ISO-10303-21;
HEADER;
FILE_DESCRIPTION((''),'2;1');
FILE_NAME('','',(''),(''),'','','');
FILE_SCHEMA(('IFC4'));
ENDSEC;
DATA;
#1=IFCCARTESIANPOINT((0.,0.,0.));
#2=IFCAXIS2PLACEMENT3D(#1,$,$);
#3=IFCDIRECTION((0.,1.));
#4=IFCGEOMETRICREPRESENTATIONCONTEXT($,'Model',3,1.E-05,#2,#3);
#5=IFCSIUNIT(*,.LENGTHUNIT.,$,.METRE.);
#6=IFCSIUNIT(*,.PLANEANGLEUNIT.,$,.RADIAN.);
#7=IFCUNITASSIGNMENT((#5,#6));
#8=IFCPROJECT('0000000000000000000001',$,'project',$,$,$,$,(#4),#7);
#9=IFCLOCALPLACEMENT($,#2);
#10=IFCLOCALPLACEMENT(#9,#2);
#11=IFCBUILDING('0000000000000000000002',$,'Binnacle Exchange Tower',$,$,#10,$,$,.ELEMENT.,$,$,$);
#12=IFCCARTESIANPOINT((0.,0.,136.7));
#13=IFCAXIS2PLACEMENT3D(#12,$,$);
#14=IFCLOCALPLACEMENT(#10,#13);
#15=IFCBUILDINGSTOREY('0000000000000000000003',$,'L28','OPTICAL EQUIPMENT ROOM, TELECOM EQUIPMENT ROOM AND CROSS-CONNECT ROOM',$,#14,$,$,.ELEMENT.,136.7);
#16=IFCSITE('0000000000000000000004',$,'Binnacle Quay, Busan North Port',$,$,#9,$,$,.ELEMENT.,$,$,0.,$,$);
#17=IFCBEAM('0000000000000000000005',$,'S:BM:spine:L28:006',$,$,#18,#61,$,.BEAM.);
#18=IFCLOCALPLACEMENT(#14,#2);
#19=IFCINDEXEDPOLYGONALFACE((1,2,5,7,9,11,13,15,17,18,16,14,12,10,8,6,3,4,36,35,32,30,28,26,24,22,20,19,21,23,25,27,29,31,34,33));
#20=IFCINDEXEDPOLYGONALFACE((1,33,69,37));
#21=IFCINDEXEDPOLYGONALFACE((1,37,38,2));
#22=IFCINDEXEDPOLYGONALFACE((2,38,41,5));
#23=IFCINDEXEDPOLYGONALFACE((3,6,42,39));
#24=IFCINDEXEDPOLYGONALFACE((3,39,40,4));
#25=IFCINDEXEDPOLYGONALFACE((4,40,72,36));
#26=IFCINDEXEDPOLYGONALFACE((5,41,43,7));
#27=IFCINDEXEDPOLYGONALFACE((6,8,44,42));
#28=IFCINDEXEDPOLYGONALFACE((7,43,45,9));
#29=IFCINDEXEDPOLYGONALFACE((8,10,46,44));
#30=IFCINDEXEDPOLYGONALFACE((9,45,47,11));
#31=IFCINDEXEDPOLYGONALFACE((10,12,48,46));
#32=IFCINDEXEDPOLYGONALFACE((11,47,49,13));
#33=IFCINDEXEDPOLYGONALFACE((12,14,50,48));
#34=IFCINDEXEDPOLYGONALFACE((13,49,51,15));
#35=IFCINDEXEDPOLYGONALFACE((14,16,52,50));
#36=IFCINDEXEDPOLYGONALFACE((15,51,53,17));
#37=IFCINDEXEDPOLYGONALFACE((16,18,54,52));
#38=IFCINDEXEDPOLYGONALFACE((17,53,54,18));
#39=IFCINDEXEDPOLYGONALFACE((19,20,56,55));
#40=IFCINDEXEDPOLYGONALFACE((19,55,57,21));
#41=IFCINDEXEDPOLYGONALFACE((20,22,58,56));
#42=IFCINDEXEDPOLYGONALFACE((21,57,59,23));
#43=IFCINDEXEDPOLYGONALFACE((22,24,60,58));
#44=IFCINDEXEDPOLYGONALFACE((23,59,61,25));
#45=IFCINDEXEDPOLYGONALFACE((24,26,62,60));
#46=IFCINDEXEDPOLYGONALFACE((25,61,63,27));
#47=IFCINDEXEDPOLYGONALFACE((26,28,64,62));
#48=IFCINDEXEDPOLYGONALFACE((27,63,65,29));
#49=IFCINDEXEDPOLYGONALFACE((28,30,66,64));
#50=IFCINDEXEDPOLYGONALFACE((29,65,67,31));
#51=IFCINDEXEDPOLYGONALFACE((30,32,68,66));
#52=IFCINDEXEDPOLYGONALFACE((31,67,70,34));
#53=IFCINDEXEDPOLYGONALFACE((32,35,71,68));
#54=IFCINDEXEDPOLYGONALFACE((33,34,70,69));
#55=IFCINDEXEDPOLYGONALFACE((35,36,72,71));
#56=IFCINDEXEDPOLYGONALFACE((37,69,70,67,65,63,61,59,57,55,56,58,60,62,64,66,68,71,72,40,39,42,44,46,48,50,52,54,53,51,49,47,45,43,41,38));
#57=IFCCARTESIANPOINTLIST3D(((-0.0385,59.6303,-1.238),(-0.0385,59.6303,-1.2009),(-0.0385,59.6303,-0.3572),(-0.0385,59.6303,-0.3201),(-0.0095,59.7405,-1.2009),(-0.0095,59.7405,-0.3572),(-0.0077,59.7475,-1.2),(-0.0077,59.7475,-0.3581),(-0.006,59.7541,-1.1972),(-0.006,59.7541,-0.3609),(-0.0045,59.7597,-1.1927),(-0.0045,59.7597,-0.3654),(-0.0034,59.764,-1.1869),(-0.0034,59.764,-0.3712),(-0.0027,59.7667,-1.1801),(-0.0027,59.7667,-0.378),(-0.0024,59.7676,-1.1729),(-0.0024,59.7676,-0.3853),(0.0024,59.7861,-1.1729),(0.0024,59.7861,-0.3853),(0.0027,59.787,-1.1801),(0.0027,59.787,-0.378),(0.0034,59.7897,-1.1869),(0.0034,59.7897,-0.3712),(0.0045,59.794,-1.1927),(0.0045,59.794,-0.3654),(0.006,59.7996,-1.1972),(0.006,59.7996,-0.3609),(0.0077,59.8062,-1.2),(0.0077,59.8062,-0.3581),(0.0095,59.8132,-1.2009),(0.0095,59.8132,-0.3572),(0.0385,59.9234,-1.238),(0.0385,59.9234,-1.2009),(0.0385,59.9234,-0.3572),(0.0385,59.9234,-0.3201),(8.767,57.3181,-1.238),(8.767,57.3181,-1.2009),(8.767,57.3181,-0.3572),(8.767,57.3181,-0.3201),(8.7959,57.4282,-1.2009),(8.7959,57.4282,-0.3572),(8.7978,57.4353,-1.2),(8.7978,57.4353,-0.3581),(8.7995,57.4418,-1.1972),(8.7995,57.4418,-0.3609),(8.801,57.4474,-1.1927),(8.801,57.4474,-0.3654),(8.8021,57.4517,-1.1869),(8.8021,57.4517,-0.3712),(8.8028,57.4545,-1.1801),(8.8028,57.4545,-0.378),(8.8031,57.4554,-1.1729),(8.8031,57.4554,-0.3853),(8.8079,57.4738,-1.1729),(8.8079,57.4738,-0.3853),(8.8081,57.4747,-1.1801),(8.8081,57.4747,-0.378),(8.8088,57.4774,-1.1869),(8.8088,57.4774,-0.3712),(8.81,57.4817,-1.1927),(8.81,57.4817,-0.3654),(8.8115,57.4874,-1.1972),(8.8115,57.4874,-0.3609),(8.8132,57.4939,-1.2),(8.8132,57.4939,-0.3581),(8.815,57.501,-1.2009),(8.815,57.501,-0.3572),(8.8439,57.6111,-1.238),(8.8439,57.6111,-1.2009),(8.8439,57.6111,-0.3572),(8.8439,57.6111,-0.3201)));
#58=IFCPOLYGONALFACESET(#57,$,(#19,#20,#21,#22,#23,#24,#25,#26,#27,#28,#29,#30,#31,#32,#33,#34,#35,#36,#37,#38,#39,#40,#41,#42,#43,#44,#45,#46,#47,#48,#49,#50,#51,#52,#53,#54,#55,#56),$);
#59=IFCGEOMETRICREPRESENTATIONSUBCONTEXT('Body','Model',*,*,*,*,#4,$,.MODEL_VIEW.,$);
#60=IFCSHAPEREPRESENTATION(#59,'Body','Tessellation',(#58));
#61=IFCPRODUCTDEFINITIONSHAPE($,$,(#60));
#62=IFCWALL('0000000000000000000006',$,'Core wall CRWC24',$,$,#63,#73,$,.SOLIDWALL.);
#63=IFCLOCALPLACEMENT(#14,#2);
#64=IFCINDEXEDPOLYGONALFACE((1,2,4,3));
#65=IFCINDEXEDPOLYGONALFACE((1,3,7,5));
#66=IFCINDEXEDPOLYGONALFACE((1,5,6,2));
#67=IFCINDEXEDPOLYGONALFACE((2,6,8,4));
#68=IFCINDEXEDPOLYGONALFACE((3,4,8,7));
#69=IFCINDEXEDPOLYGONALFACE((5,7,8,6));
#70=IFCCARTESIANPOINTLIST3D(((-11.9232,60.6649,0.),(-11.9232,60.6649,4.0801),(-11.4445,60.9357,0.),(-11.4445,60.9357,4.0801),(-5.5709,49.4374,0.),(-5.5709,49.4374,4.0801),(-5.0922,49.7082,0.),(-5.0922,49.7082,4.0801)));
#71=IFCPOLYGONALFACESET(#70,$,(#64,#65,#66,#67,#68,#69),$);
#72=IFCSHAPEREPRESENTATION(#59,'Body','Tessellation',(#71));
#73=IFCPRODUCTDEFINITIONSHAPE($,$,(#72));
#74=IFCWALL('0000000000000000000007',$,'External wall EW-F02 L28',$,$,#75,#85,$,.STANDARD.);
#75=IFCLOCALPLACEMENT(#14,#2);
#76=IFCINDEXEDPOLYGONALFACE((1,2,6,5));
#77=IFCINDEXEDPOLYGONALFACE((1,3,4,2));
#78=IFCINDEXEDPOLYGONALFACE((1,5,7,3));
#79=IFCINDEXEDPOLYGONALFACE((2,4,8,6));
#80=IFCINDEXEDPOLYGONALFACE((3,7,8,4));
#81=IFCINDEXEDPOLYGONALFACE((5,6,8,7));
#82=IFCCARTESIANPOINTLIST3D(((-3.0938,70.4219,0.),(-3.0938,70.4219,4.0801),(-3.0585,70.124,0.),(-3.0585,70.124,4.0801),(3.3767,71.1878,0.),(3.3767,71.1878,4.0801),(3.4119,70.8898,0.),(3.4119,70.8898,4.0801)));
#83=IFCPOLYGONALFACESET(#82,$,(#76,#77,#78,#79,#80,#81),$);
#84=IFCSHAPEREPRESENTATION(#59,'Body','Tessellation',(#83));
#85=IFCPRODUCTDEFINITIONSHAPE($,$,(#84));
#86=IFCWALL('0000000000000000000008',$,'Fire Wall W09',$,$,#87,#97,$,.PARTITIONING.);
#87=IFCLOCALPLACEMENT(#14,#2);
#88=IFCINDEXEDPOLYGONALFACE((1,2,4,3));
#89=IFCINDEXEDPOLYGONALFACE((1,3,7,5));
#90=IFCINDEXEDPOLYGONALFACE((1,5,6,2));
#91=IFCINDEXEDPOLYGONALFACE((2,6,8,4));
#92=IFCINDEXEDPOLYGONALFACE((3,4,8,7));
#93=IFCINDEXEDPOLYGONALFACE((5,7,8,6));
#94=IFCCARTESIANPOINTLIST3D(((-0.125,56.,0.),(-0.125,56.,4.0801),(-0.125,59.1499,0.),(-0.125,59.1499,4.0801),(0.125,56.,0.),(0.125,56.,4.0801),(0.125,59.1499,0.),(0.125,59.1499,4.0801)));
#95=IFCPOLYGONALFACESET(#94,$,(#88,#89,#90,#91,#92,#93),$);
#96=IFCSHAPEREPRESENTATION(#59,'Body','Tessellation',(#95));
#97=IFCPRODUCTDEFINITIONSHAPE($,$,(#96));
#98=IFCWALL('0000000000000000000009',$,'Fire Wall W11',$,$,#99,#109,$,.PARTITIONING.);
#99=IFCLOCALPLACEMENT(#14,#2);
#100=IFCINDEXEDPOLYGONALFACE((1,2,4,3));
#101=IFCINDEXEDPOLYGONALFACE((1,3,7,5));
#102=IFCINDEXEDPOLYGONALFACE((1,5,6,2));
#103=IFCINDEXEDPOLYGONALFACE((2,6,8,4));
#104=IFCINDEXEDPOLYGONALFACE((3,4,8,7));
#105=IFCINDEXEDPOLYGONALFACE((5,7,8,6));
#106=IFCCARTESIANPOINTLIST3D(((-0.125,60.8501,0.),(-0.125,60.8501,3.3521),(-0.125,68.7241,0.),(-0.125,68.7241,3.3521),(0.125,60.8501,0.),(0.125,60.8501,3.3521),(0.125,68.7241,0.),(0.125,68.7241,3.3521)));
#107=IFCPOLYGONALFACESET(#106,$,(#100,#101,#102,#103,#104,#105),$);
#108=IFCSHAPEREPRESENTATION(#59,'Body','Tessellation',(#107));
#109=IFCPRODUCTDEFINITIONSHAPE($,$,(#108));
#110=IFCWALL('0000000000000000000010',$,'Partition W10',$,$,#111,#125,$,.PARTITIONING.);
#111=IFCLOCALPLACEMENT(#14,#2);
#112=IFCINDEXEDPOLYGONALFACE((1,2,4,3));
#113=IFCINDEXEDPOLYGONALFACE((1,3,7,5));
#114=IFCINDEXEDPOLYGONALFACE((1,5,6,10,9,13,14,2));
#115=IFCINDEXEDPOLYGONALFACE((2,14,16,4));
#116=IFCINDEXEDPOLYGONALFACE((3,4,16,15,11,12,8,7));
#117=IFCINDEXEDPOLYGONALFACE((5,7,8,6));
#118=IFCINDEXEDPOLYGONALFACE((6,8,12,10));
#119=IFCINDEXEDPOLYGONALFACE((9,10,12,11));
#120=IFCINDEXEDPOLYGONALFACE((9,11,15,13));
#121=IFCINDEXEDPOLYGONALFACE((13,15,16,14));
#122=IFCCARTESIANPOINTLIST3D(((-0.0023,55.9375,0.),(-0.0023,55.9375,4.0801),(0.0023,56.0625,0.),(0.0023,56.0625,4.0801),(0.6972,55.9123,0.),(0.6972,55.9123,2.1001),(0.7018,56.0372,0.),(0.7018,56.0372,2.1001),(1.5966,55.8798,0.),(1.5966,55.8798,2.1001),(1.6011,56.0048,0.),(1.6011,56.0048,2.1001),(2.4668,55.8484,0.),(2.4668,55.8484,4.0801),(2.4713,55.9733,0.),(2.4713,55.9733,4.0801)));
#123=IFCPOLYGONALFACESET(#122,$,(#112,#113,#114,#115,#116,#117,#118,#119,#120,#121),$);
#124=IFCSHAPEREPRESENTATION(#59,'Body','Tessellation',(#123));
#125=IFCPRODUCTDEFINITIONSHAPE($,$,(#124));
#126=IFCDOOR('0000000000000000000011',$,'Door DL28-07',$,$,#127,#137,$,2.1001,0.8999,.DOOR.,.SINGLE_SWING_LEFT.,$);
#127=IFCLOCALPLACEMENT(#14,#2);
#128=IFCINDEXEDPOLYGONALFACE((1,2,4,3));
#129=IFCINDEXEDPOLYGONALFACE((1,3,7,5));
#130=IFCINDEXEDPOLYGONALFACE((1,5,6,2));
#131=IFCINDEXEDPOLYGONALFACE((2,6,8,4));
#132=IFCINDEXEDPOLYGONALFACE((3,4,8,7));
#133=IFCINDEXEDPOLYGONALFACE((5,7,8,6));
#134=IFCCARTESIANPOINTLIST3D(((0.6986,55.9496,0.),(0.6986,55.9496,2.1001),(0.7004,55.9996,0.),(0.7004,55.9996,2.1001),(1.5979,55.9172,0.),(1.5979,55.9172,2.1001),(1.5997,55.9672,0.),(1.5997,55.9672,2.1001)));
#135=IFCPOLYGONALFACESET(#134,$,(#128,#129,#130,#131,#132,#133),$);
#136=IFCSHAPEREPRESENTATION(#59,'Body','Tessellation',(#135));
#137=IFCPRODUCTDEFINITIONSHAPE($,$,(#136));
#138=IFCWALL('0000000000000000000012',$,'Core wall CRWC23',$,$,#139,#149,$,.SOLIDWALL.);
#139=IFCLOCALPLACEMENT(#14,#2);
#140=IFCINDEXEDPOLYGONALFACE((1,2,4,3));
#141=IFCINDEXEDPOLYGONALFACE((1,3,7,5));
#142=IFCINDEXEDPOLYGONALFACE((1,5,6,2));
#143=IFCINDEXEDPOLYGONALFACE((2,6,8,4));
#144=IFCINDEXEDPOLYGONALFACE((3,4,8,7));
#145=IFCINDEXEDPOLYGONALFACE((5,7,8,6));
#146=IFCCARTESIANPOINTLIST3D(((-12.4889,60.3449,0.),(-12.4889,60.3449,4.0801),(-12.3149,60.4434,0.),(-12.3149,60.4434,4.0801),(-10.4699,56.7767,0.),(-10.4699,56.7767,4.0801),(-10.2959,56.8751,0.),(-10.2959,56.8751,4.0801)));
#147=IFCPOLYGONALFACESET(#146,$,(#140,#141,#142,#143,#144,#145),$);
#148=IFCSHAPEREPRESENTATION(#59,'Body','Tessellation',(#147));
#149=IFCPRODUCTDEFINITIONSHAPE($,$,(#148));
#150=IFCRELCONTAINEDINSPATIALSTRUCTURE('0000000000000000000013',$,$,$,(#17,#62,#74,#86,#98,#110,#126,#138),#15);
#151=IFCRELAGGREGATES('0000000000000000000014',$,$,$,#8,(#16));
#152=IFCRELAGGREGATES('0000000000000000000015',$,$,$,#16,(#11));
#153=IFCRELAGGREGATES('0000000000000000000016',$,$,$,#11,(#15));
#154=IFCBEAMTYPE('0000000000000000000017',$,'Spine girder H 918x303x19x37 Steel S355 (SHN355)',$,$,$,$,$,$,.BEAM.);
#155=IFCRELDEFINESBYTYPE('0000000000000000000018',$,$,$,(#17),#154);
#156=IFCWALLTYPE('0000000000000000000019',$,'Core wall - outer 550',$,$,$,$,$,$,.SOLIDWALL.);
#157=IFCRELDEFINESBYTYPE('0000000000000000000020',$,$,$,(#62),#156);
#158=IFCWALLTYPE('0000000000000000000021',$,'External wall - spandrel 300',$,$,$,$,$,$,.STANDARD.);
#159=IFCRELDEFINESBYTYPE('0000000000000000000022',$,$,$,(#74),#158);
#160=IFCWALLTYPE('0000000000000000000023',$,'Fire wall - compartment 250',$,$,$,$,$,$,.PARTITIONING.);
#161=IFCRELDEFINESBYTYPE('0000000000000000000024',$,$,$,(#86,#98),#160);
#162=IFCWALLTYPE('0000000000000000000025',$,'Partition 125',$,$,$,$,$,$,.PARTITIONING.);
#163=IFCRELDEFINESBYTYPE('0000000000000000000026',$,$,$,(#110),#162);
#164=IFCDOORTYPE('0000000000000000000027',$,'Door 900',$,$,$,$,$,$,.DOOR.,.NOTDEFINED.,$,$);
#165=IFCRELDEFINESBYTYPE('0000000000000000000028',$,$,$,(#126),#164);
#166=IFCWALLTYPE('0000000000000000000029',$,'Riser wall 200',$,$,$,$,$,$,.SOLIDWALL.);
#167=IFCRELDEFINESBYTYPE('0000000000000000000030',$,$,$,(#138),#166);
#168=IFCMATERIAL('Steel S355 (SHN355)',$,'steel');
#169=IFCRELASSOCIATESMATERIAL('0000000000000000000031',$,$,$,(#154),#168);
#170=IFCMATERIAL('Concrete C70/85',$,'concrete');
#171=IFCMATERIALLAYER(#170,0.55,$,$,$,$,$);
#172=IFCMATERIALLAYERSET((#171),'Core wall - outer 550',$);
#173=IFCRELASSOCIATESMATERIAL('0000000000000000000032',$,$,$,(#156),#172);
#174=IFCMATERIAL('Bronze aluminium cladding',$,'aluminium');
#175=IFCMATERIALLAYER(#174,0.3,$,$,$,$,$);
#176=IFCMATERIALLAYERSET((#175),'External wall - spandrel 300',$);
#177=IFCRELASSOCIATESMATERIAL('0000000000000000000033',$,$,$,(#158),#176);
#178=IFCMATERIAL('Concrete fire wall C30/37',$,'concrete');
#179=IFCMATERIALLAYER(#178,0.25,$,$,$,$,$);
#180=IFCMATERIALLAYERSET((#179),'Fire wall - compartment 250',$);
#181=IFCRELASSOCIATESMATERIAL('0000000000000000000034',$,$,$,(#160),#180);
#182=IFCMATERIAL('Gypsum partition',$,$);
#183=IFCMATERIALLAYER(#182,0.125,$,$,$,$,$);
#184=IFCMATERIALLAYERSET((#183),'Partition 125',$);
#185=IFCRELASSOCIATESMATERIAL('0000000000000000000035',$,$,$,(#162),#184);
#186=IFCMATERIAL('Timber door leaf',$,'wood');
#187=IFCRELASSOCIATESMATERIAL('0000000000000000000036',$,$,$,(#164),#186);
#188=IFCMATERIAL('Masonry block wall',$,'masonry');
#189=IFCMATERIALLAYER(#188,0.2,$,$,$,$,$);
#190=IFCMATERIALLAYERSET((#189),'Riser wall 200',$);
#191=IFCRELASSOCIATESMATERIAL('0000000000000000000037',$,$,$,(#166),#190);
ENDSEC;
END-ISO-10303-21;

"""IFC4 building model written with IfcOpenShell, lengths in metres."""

from ifc_helpers import new_model, si_unit, direction, frame, frame_2d, origin, origin_2d, place, context, subcontext, project, spatial, rectangle, i_section, extrude, material, layer, layer_set, material_profile, profile_set, type_object, element, fill, save


model = new_model("IFC4")

# Units and contexts
model_context = context("Model", 3, precision=1e-05, world=origin(), true_north=direction((0.0, 1.0)))
body_context = subcontext(model_context, "Body", "Model", "MODEL_VIEW")
ifc_project = project(units=[si_unit("LENGTHUNIT", "METRE"), si_unit("PLANEANGLEUNIT", "RADIAN")], contexts=[model_context])

# Site, building, storey
site_placement = place(None, origin())
site = spatial("IfcSite", under=ifc_project, at=site_placement, Name="Binnacle Quay, Busan North Port", CompositionType="ELEMENT", RefElevation=0.0)
building_placement = place(site_placement, origin())
building = spatial("IfcBuilding", under=site, at=building_placement, Name="Binnacle Exchange Tower", CompositionType="ELEMENT")
storey_placement = place(building_placement, frame((0.0, 0.0, 136.7)))
storey = spatial("IfcBuildingStorey", under=building, at=storey_placement, Name="L28", Description="OPTICAL EQUIPMENT ROOM, TELECOM EQUIPMENT ROOM AND CROSS-CONNECT ROOM", CompositionType="ELEMENT", Elevation=136.7)

# Shared definitions
ifc_material_1 = material(Name="Concrete C70/85", Category="concrete")

# Beam
ifc_material_2 = material(Name="Steel S355 (SHN355)", Category="steel")
ifc_material_profile_1 = material_profile(ifc_material_2, i_section(OverallWidth=0.303, OverallDepth=0.918, WebThickness=0.019, FlangeThickness=0.0371, FilletRadius=0.0281, at=origin_2d()), Name="H 918x303x19x37")
ifc_profile_set_1 = profile_set([ifc_material_profile_1], Name="Steel S355 (SHN355)")
beam_type_1 = type_object("IfcBeamType", Name="Spine girder H 918x303x19x37 Steel S355 (SHN355)", PredefinedType="BEAM", material=ifc_profile_set_1)
beam_1_placement = place(storey_placement, frame((0.0, 59.7769, -0.7791), z_axis=(0.967208, -0.253984, 0.0), x_axis=(0.253984, 0.967208, 0.0)))
element("IfcBeam", 1, at=beam_1_placement, inside=storey, type_object=beam_type_1, Name="S:BM:spine:L28:006", PredefinedType="BEAM", context=body_context, shape_type="SweptSolid", body=[
    extrude(i_section(OverallWidth=0.303, OverallDepth=0.918, WebThickness=0.019, FlangeThickness=0.0371, FilletRadius=0.0281, at=origin_2d()), origin(), (0.0, 0.0, 1.0), 9.104),
])

# Walls
ifc_layer_1 = layer(ifc_material_1, 0.55)
ifc_layer_set_1 = layer_set([ifc_layer_1], Name="Core wall - outer 550")
wall_type_1 = type_object("IfcWallType", Name="Core wall - outer 550", PredefinedType="SOLIDWALL", material=ifc_layer_set_1)
wall_1_placement = place(storey_placement, frame((-11.6838, 60.8003, 0.0), z_axis=(0.0, 0.0, 1.0), x_axis=(0.492427, -0.870354, 0.0)))
element("IfcWall", 2, at=wall_1_placement, inside=storey, type_object=wall_type_1, Name="Core wall CRWC24", PredefinedType="SOLIDWALL", context=body_context, shape_type="SweptSolid", body=[
    extrude(rectangle(XDim=12.8999, YDim=0.55, at=frame_2d((6.45, 0.0))), origin(), (0.0, 0.0, 1.0), 4.0801),
])
ifc_material_3 = material(Name="Bronze aluminium cladding", Category="aluminium")
ifc_layer_2 = layer(ifc_material_3, 0.3)
ifc_layer_set_2 = layer_set([ifc_layer_2], Name="External wall - spandrel 300")
wall_type_2 = type_object("IfcWallType", Name="External wall - spandrel 300", PredefinedType="STANDARD", material=ifc_layer_set_2)
wall_2_placement = place(storey_placement, frame((-3.0762, 70.2729, 0.0), z_axis=(0.0, 0.0, 1.0), x_axis=(0.993068, 0.117543, 0.0)))
element("IfcWall", 3, at=wall_2_placement, inside=storey, type_object=wall_type_2, Name="External wall EW-F02 L28", PredefinedType="STANDARD", context=body_context, shape_type="SweptSolid", body=[
    extrude(rectangle(XDim=6.5156, YDim=0.3, at=frame_2d((3.2578, 0.0))), origin(), (0.0, 0.0, 1.0), 4.0801),
])
ifc_material_4 = material(Name="Concrete fire wall C30/37", Category="concrete")
ifc_layer_3 = layer(ifc_material_4, 0.25)
ifc_layer_set_3 = layer_set([ifc_layer_3], Name="Fire wall - compartment 250")
wall_type_3 = type_object("IfcWallType", Name="Fire wall - compartment 250", PredefinedType="PARTITIONING", material=ifc_layer_set_3)
wall_3_placement = place(storey_placement, frame((0.0, 56.0, 0.0), z_axis=(0.0, 0.0, 1.0), x_axis=(0.0, 1.0, 0.0)))
element("IfcWall", 4, at=wall_3_placement, inside=storey, type_object=wall_type_3, Name="Fire Wall W09", PredefinedType="PARTITIONING", context=body_context, shape_type="SweptSolid", body=[
    extrude(rectangle(XDim=3.1499, YDim=0.25, at=frame_2d((1.575, 0.0))), origin(), (0.0, 0.0, 1.0), 4.0801),
])
wall_4_placement = place(storey_placement, frame((0.0, 60.8501, 0.0), z_axis=(0.0, 0.0, 1.0), x_axis=(0.0, 1.0, 0.0)))
element("IfcWall", 5, at=wall_4_placement, inside=storey, type_object=wall_type_3, Name="Fire Wall W11", PredefinedType="PARTITIONING", context=body_context, shape_type="SweptSolid", body=[
    extrude(rectangle(XDim=7.874, YDim=0.25, at=frame_2d((3.937, 0.0))), origin(), (0.0, 0.0, 1.0), 3.3521),
])

# Wall, opening, door
ifc_material_5 = material(Name="Gypsum partition")
ifc_layer_4 = layer(ifc_material_5, 0.125)
ifc_layer_set_4 = layer_set([ifc_layer_4], Name="Partition 125")
wall_type_4 = type_object("IfcWallType", Name="Partition 125", PredefinedType="PARTITIONING", material=ifc_layer_set_4)
wall_5_placement = place(storey_placement, frame((0.0, 56.0, 0.0), z_axis=(0.0, 0.0, 1.0), x_axis=(0.999349, -0.036069, 0.0)))
wall_5 = element("IfcWall", 6, at=wall_5_placement, inside=storey, type_object=wall_type_4, Name="Partition W10", PredefinedType="PARTITIONING", context=body_context, shape_type="SweptSolid", body=[
    extrude(rectangle(XDim=2.4707, YDim=0.125, at=frame_2d((1.2354, 0.0))), origin(), (0.0, 0.0, 1.0), 4.0801),
])
opening_placement = place(wall_5_placement, frame((0.7, 0.0, 0.0)))
opening = element("IfcOpeningElement", 7, at=opening_placement, cuts=wall_5, PredefinedType="OPENING", context=body_context, shape_type="SweptSolid", body=[
    extrude(rectangle(XDim=0.8999, YDim=2.1001, at=frame_2d((0.45, 1.05))), frame((0.0, 0.0725, 0.0), z_axis=(0.0, -1.0, 0.0), x_axis=(1.0, 0.0, 0.0)), (0.0, 0.0, 1.0), 0.145),
])
ifc_material_6 = material(Name="Timber door leaf", Category="wood")
door_type = type_object("IfcDoorType", Name="Door 900", OperationType="NOTDEFINED", PredefinedType="DOOR", material=ifc_material_6)
door_placement = place(opening_placement, origin())
door = element("IfcDoor", 8, at=door_placement, inside=storey, type_object=door_type, Name="Door DL28-07", OperationType="SINGLE_SWING_LEFT", OverallHeight=2.1001, OverallWidth=0.8999, PredefinedType="DOOR", context=body_context, shape_type="SweptSolid", body=[
    extrude(rectangle(XDim=0.8999, YDim=2.1001, at=frame_2d((0.45, 1.05))), frame((0.0, 0.0249, 0.0), z_axis=(0.0, -1.0, 0.0), x_axis=(1.0, 0.0, 0.0)), (0.0, 0.0, 1.0), 0.05),
])
fill(opening, door)

# Wall
ifc_material_7 = material(Name="Masonry block wall", Category="masonry")
ifc_layer_5 = layer(ifc_material_7, 0.2)
ifc_layer_set_5 = layer_set([ifc_layer_5], Name="Riser wall 200")
wall_type_5 = type_object("IfcWallType", Name="Riser wall 200", PredefinedType="SOLIDWALL", material=ifc_layer_set_5)
wall_6_placement = place(storey_placement, frame((-12.4019, 60.394, 0.0), z_axis=(0.0, 0.0, 1.0), x_axis=(0.492454, -0.870339, 0.0)))
element("IfcWall", 9, at=wall_6_placement, inside=storey, type_object=wall_type_5, Name="Core wall CRWC23", PredefinedType="SOLIDWALL", context=body_context, shape_type="SweptSolid", body=[
    extrude(rectangle(XDim=4.0999, YDim=0.2, at=frame_2d((2.0498, 0.0))), origin(), (0.0, 0.0, 1.0), 4.0801),
])

save(model, "model.ifc")
